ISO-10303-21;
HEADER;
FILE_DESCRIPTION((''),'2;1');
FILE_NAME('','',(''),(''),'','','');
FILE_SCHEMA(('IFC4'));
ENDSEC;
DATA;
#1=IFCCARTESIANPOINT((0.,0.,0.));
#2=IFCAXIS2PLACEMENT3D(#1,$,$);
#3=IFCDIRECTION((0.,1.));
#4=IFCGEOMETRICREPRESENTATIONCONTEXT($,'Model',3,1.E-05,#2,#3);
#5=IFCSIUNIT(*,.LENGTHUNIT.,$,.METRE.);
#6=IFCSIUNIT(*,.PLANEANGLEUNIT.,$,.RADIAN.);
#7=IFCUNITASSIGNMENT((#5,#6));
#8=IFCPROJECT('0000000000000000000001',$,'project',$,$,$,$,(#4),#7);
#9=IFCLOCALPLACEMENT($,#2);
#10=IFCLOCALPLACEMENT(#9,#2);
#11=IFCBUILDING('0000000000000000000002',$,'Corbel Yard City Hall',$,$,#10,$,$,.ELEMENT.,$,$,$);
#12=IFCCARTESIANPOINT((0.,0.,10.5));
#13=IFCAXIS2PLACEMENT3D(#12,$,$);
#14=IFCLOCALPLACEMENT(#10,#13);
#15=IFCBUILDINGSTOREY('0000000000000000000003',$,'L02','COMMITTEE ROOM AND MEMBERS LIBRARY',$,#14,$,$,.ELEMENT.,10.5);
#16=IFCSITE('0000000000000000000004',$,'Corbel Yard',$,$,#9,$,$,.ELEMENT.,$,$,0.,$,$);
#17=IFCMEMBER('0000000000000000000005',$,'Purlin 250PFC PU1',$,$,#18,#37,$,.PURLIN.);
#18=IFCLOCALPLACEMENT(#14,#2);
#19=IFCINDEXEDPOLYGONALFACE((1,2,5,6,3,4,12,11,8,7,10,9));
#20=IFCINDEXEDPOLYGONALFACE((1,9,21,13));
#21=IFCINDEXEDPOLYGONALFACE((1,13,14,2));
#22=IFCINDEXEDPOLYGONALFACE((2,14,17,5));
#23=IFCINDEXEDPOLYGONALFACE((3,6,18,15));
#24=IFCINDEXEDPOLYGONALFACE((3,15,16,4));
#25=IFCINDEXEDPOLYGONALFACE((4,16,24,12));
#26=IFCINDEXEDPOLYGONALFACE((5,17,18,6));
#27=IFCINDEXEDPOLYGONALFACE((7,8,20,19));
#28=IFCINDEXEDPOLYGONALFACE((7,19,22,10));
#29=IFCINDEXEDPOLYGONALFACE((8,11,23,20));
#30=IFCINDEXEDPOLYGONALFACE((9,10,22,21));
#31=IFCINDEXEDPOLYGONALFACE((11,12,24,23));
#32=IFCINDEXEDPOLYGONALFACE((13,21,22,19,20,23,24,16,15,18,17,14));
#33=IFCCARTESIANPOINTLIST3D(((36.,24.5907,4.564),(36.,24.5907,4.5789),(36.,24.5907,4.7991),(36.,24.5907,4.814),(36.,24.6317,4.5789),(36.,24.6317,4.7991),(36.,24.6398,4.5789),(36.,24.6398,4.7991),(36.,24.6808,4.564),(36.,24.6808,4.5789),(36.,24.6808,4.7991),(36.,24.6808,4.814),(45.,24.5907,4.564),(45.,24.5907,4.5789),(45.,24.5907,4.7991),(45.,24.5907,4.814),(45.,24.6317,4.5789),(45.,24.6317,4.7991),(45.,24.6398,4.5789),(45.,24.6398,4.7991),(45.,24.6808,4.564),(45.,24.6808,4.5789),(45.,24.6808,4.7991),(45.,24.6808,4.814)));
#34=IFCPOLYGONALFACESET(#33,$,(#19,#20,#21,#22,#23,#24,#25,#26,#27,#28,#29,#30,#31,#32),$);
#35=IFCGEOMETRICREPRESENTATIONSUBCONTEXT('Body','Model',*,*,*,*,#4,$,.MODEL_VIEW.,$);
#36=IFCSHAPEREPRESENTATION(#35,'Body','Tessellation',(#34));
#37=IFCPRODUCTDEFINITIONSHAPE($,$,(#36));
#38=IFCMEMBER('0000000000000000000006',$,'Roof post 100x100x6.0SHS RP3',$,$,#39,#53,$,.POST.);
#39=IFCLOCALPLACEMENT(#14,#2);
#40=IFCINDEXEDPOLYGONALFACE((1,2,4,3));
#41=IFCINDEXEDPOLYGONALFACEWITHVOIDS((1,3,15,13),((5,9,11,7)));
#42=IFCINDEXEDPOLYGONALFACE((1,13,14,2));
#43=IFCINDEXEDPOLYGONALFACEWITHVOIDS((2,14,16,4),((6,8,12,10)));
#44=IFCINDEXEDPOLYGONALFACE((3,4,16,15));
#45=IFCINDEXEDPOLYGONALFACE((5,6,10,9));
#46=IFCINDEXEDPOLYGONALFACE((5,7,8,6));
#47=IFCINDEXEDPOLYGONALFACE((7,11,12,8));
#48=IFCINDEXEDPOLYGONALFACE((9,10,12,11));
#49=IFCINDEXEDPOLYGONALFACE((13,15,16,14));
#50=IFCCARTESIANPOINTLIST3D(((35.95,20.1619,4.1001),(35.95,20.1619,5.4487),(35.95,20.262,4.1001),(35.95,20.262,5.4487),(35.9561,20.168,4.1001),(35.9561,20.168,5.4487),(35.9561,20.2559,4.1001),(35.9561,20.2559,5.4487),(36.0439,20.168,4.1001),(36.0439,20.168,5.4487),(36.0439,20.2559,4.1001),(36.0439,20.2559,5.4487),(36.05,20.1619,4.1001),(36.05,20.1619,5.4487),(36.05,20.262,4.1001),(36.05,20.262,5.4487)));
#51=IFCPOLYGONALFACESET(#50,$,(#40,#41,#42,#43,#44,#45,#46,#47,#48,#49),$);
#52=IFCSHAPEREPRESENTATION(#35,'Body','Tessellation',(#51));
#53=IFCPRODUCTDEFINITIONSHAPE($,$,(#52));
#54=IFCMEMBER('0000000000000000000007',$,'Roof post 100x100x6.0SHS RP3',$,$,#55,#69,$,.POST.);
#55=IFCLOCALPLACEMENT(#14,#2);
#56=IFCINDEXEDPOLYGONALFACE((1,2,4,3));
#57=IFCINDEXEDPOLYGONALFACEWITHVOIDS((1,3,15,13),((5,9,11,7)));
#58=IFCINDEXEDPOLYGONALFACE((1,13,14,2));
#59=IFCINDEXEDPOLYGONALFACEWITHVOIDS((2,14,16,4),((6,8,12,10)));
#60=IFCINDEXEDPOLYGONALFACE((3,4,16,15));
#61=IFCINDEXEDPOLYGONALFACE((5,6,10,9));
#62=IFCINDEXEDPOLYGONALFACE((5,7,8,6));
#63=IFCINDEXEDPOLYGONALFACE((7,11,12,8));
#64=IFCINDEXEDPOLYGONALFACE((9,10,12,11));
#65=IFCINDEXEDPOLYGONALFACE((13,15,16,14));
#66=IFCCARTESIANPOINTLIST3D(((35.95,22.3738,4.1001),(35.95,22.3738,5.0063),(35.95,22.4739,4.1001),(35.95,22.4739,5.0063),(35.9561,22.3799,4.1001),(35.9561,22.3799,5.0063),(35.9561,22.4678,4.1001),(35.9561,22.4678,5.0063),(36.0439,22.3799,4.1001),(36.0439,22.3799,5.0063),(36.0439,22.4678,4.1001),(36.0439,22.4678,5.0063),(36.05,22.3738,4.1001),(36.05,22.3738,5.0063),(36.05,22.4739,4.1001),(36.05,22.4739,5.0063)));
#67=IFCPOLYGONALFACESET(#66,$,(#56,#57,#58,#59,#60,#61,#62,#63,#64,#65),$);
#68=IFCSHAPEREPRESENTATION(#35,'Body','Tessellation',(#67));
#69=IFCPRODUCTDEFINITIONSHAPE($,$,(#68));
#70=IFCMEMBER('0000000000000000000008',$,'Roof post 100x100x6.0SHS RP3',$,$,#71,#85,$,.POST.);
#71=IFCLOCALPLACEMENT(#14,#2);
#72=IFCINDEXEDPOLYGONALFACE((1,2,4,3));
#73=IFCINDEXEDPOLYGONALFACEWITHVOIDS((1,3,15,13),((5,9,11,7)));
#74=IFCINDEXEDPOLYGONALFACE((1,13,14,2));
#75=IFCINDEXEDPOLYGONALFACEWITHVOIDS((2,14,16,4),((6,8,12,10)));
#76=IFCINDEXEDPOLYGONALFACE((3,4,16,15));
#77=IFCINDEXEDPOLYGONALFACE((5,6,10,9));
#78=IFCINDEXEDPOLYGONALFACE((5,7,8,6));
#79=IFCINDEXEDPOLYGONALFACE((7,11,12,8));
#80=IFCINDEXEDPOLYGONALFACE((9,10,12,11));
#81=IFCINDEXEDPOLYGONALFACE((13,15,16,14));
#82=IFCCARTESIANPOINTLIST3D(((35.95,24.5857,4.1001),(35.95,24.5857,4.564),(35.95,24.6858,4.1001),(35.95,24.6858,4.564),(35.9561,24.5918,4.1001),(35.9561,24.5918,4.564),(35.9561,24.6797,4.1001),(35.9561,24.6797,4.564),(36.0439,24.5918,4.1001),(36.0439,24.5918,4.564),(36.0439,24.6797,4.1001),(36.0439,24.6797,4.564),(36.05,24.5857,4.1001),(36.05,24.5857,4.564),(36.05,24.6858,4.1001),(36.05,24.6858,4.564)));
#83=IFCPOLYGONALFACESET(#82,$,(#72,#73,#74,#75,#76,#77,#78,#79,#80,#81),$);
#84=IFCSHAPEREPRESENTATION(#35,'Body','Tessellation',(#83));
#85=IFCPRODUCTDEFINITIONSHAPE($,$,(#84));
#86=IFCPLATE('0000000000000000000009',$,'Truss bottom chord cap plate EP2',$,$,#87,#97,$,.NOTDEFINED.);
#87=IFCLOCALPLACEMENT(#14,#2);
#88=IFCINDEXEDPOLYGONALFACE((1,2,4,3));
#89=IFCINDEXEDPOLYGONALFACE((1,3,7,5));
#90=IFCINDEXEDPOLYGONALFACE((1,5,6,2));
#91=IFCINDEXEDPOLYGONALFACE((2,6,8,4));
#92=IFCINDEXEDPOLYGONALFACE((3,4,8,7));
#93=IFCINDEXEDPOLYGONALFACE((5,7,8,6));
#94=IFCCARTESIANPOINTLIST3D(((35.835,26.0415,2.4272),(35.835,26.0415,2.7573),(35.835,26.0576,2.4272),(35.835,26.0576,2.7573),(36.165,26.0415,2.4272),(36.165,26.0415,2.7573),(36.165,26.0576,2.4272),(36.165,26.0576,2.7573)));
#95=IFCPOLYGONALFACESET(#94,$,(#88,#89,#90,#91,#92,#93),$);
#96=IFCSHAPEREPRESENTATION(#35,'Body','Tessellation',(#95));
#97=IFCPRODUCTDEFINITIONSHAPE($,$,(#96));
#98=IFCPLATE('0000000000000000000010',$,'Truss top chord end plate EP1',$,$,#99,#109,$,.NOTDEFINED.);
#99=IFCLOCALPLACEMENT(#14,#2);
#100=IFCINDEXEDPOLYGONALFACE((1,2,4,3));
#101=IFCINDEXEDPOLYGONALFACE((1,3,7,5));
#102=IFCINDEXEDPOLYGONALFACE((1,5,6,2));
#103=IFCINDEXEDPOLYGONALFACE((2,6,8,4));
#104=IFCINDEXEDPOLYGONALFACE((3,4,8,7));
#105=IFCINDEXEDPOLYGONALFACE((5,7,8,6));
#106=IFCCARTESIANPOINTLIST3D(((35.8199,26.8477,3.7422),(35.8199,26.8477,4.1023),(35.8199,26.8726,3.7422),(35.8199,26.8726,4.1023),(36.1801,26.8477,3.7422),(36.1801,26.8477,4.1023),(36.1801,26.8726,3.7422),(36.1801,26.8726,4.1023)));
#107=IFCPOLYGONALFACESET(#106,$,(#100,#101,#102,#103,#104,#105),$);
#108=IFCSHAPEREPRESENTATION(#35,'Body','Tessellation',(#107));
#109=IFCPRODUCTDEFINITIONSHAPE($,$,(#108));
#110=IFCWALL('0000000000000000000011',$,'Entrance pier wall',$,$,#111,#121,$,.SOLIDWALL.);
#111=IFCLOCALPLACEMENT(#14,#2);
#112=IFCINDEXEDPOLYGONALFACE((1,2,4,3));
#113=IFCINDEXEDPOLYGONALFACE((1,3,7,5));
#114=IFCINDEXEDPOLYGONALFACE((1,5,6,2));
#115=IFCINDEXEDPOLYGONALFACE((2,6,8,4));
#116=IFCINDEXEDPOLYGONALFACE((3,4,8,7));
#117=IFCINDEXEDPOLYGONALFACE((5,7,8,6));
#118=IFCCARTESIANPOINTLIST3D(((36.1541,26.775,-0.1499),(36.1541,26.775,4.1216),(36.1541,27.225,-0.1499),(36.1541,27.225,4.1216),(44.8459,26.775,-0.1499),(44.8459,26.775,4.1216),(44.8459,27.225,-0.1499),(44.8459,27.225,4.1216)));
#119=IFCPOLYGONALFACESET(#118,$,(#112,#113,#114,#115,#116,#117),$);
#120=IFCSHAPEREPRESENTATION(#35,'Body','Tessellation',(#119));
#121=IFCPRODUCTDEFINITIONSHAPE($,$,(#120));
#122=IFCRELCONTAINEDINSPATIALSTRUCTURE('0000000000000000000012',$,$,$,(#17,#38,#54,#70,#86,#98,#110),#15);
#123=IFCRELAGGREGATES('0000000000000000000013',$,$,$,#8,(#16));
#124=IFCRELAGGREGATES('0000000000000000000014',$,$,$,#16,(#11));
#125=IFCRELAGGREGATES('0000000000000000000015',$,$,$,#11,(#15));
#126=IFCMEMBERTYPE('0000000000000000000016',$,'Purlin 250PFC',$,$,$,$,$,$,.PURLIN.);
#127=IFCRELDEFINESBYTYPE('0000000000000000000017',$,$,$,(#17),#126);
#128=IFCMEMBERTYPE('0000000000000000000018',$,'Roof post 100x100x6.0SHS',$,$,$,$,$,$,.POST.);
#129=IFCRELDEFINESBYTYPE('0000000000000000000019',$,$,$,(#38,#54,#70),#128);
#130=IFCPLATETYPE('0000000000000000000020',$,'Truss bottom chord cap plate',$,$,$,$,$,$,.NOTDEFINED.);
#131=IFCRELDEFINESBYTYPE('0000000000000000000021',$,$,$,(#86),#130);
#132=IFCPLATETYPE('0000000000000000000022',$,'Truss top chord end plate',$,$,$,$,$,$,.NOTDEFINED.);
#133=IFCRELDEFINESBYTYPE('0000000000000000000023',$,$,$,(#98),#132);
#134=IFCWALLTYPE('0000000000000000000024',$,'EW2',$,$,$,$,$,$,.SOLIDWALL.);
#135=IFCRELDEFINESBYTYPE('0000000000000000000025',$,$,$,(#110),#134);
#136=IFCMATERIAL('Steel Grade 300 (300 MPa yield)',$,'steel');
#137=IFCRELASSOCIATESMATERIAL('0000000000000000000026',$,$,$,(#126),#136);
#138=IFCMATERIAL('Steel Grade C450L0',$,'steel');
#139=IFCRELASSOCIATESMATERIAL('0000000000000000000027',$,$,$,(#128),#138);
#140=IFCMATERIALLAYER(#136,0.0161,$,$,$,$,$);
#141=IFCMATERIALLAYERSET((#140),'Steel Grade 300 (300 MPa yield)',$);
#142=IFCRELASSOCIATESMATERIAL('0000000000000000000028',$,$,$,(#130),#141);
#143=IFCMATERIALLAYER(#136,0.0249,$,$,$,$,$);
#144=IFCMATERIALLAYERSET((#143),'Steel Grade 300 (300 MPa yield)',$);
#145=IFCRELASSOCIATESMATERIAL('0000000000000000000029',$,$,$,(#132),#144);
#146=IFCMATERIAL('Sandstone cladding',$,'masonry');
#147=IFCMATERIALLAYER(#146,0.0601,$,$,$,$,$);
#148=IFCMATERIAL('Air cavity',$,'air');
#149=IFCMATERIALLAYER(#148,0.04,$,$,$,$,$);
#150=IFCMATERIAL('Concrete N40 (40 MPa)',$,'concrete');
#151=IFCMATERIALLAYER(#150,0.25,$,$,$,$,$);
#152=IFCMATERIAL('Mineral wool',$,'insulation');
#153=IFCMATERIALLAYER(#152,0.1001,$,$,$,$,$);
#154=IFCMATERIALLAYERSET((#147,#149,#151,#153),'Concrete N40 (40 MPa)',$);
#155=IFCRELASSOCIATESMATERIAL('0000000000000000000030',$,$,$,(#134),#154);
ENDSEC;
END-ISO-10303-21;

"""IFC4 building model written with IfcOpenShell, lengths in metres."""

from ifc_helpers import new_model, si_unit, direction, frame, frame_2d, origin, origin_2d, place, context, subcontext, project, spatial, rectangle, hollow_rectangle, i_section, extrude, material, layer, layer_set, material_profile, profile_set, type_object, element, save


model = new_model("IFC4")

# Units and contexts
model_context = context("Model", 3, precision=1e-05, world=origin(), true_north=direction((0.0, 1.0)))
body_context = subcontext(model_context, "Body", "Model", "MODEL_VIEW")
ifc_project = project(units=[si_unit("LENGTHUNIT", "METRE"), si_unit("PLANEANGLEUNIT", "RADIAN")], contexts=[model_context])

# Site, building, storey
site_placement = place(None, origin())
site = spatial("IfcSite", under=ifc_project, at=site_placement, Name="Corbel Yard", CompositionType="ELEMENT", RefElevation=0.0)
building_placement = place(site_placement, origin())
building = spatial("IfcBuilding", under=site, at=building_placement, Name="Corbel Yard City Hall", CompositionType="ELEMENT")
storey_placement = place(building_placement, frame((0.0, 0.0, 10.5)))
storey = spatial("IfcBuildingStorey", under=building, at=storey_placement, Name="L02", Description="COMMITTEE ROOM AND MEMBERS LIBRARY", CompositionType="ELEMENT", Elevation=10.5)

# Shared definitions
ifc_material_1 = material(Name="Steel Grade 300 (300 MPa yield)", Category="steel")

# Members
ifc_material_profile_1 = material_profile(ifc_material_1, i_section(OverallWidth=0.0901, OverallDepth=0.25, WebThickness=0.0081, FlangeThickness=0.0149, at=origin_2d()), Name="250PFC")
ifc_profile_set_1 = profile_set([ifc_material_profile_1], Name="Steel Grade 300 (300 MPa yield)")
member_type_1 = type_object("IfcMemberType", Name="Purlin 250PFC", PredefinedType="PURLIN", material=ifc_profile_set_1)
for number, where, z_axis, x_axis, name in (
    (1, (36.0, 24.6357, 4.689), (1.0, 0.0, 0.0), (0.0, 1.0, 0.0), "Purlin 250PFC PU1"),
):
    element("IfcMember", number, at=place(storey_placement, frame(where, z_axis=z_axis, x_axis=x_axis)), inside=storey, type_object=member_type_1, Name=name, PredefinedType="PURLIN", context=body_context, shape_type="SweptSolid", body=[
        extrude(i_section(OverallWidth=0.0901, OverallDepth=0.25, WebThickness=0.0081, FlangeThickness=0.0149, at=origin_2d()), origin(), (0.0, 0.0, 1.0), 9.0),
    ])
ifc_material_2 = material(Name="Steel Grade C450L0", Category="steel")
ifc_material_profile_2 = material_profile(ifc_material_2, hollow_rectangle(XDim=0.1001, YDim=0.1001, WallThickness=0.0061, at=origin_2d()), Name="100x100x6.0SHS")
ifc_profile_set_2 = profile_set([ifc_material_profile_2], Name="Steel Grade C450L0")
member_type_2 = type_object("IfcMemberType", Name="Roof post 100x100x6.0SHS", PredefinedType="POST", material=ifc_profile_set_2)
member_1_placement = place(storey_placement, frame((36.0, 20.2119, 4.1001), z_axis=(0.0, 0.0, 1.0), x_axis=(1.0, 0.0, 0.0)))
element("IfcMember", 2, at=member_1_placement, inside=storey, type_object=member_type_2, Name="Roof post 100x100x6.0SHS RP3", PredefinedType="POST", context=body_context, shape_type="SweptSolid", body=[
    extrude(hollow_rectangle(XDim=0.1001, YDim=0.1001, WallThickness=0.0061, at=origin_2d()), origin(), (0.0, 0.0, 1.0), 1.3486),
])
member_2_placement = place(storey_placement, frame((36.0, 22.4238, 4.1001), z_axis=(0.0, 0.0, 1.0), x_axis=(1.0, 0.0, 0.0)))
element("IfcMember", 3, at=member_2_placement, inside=storey, type_object=member_type_2, Name="Roof post 100x100x6.0SHS RP3", PredefinedType="POST", context=body_context, shape_type="SweptSolid", body=[
    extrude(hollow_rectangle(XDim=0.1001, YDim=0.1001, WallThickness=0.0061, at=origin_2d()), origin(), (0.0, 0.0, 1.0), 0.9062),
])
member_3_placement = place(storey_placement, frame((36.0, 24.6357, 4.1001), z_axis=(0.0, 0.0, 1.0), x_axis=(1.0, 0.0, 0.0)))
element("IfcMember", 4, at=member_3_placement, inside=storey, type_object=member_type_2, Name="Roof post 100x100x6.0SHS RP3", PredefinedType="POST", context=body_context, shape_type="SweptSolid", body=[
    extrude(hollow_rectangle(XDim=0.1001, YDim=0.1001, WallThickness=0.0061, at=origin_2d()), origin(), (0.0, 0.0, 1.0), 0.4639),
])

# Plates
ifc_layer_1 = layer(ifc_material_1, 0.0161)
ifc_layer_set_1 = layer_set([ifc_layer_1], Name="Steel Grade 300 (300 MPa yield)")
plate_type_1 = type_object("IfcPlateType", Name="Truss bottom chord cap plate", PredefinedType="NOTDEFINED", material=ifc_layer_set_1)
plate_1_placement = place(storey_placement, frame((36.0, 26.0496, 2.4272), z_axis=(0.0, 0.0, 1.0), x_axis=(1.0, 0.0, 0.0)))
element("IfcPlate", 5, at=plate_1_placement, inside=storey, type_object=plate_type_1, Name="Truss bottom chord cap plate EP2", PredefinedType="NOTDEFINED", context=body_context, shape_type="SweptSolid", body=[
    extrude(rectangle(XDim=0.3301, YDim=0.0161, at=origin_2d()), origin(), (0.0, 0.0, 1.0), 0.3301),
])
ifc_layer_2 = layer(ifc_material_1, 0.0249)
ifc_layer_set_2 = layer_set([ifc_layer_2], Name="Steel Grade 300 (300 MPa yield)")
plate_type_2 = type_object("IfcPlateType", Name="Truss top chord end plate", PredefinedType="NOTDEFINED", material=ifc_layer_set_2)
plate_2_placement = place(storey_placement, frame((36.0, 26.8601, 3.7422), z_axis=(0.0, 0.0, 1.0), x_axis=(1.0, 0.0, 0.0)))
element("IfcPlate", 6, at=plate_2_placement, inside=storey, type_object=plate_type_2, Name="Truss top chord end plate EP1", PredefinedType="NOTDEFINED", context=body_context, shape_type="SweptSolid", body=[
    extrude(rectangle(XDim=0.3601, YDim=0.0249, at=origin_2d()), origin(), (0.0, 0.0, 1.0), 0.3601),
])

# Wall
ifc_material_3 = material(Name="Sandstone cladding", Category="masonry")
ifc_layer_3 = layer(ifc_material_3, 0.0601)
ifc_material_4 = material(Name="Air cavity", Category="air")
ifc_layer_4 = layer(ifc_material_4, 0.04)
ifc_material_5 = material(Name="Concrete N40 (40 MPa)", Category="concrete")
ifc_layer_5 = layer(ifc_material_5, 0.25)
ifc_material_6 = material(Name="Mineral wool", Category="insulation")
ifc_layer_6 = layer(ifc_material_6, 0.1001)
ifc_layer_set_3 = layer_set([ifc_layer_3, ifc_layer_4, ifc_layer_5, ifc_layer_6], Name="Concrete N40 (40 MPa)")
wall_type = type_object("IfcWallType", Name="EW2", PredefinedType="SOLIDWALL", material=ifc_layer_set_3)
wall_placement = place(storey_placement, frame((36.1541, 27.0, -0.1499), z_axis=(0.0, 0.0, 1.0), x_axis=(1.0, 0.0, 0.0)))
element("IfcWall", 7, at=wall_placement, inside=storey, type_object=wall_type, Name="Entrance pier wall", PredefinedType="SOLIDWALL", context=body_context, shape_type="SweptSolid", body=[
    extrude(rectangle(XDim=8.6919, YDim=0.45, at=frame_2d((4.3459, 0.0))), origin(), (0.0, 0.0, 1.0), 4.2715),
])

save(model, "model.ifc")
